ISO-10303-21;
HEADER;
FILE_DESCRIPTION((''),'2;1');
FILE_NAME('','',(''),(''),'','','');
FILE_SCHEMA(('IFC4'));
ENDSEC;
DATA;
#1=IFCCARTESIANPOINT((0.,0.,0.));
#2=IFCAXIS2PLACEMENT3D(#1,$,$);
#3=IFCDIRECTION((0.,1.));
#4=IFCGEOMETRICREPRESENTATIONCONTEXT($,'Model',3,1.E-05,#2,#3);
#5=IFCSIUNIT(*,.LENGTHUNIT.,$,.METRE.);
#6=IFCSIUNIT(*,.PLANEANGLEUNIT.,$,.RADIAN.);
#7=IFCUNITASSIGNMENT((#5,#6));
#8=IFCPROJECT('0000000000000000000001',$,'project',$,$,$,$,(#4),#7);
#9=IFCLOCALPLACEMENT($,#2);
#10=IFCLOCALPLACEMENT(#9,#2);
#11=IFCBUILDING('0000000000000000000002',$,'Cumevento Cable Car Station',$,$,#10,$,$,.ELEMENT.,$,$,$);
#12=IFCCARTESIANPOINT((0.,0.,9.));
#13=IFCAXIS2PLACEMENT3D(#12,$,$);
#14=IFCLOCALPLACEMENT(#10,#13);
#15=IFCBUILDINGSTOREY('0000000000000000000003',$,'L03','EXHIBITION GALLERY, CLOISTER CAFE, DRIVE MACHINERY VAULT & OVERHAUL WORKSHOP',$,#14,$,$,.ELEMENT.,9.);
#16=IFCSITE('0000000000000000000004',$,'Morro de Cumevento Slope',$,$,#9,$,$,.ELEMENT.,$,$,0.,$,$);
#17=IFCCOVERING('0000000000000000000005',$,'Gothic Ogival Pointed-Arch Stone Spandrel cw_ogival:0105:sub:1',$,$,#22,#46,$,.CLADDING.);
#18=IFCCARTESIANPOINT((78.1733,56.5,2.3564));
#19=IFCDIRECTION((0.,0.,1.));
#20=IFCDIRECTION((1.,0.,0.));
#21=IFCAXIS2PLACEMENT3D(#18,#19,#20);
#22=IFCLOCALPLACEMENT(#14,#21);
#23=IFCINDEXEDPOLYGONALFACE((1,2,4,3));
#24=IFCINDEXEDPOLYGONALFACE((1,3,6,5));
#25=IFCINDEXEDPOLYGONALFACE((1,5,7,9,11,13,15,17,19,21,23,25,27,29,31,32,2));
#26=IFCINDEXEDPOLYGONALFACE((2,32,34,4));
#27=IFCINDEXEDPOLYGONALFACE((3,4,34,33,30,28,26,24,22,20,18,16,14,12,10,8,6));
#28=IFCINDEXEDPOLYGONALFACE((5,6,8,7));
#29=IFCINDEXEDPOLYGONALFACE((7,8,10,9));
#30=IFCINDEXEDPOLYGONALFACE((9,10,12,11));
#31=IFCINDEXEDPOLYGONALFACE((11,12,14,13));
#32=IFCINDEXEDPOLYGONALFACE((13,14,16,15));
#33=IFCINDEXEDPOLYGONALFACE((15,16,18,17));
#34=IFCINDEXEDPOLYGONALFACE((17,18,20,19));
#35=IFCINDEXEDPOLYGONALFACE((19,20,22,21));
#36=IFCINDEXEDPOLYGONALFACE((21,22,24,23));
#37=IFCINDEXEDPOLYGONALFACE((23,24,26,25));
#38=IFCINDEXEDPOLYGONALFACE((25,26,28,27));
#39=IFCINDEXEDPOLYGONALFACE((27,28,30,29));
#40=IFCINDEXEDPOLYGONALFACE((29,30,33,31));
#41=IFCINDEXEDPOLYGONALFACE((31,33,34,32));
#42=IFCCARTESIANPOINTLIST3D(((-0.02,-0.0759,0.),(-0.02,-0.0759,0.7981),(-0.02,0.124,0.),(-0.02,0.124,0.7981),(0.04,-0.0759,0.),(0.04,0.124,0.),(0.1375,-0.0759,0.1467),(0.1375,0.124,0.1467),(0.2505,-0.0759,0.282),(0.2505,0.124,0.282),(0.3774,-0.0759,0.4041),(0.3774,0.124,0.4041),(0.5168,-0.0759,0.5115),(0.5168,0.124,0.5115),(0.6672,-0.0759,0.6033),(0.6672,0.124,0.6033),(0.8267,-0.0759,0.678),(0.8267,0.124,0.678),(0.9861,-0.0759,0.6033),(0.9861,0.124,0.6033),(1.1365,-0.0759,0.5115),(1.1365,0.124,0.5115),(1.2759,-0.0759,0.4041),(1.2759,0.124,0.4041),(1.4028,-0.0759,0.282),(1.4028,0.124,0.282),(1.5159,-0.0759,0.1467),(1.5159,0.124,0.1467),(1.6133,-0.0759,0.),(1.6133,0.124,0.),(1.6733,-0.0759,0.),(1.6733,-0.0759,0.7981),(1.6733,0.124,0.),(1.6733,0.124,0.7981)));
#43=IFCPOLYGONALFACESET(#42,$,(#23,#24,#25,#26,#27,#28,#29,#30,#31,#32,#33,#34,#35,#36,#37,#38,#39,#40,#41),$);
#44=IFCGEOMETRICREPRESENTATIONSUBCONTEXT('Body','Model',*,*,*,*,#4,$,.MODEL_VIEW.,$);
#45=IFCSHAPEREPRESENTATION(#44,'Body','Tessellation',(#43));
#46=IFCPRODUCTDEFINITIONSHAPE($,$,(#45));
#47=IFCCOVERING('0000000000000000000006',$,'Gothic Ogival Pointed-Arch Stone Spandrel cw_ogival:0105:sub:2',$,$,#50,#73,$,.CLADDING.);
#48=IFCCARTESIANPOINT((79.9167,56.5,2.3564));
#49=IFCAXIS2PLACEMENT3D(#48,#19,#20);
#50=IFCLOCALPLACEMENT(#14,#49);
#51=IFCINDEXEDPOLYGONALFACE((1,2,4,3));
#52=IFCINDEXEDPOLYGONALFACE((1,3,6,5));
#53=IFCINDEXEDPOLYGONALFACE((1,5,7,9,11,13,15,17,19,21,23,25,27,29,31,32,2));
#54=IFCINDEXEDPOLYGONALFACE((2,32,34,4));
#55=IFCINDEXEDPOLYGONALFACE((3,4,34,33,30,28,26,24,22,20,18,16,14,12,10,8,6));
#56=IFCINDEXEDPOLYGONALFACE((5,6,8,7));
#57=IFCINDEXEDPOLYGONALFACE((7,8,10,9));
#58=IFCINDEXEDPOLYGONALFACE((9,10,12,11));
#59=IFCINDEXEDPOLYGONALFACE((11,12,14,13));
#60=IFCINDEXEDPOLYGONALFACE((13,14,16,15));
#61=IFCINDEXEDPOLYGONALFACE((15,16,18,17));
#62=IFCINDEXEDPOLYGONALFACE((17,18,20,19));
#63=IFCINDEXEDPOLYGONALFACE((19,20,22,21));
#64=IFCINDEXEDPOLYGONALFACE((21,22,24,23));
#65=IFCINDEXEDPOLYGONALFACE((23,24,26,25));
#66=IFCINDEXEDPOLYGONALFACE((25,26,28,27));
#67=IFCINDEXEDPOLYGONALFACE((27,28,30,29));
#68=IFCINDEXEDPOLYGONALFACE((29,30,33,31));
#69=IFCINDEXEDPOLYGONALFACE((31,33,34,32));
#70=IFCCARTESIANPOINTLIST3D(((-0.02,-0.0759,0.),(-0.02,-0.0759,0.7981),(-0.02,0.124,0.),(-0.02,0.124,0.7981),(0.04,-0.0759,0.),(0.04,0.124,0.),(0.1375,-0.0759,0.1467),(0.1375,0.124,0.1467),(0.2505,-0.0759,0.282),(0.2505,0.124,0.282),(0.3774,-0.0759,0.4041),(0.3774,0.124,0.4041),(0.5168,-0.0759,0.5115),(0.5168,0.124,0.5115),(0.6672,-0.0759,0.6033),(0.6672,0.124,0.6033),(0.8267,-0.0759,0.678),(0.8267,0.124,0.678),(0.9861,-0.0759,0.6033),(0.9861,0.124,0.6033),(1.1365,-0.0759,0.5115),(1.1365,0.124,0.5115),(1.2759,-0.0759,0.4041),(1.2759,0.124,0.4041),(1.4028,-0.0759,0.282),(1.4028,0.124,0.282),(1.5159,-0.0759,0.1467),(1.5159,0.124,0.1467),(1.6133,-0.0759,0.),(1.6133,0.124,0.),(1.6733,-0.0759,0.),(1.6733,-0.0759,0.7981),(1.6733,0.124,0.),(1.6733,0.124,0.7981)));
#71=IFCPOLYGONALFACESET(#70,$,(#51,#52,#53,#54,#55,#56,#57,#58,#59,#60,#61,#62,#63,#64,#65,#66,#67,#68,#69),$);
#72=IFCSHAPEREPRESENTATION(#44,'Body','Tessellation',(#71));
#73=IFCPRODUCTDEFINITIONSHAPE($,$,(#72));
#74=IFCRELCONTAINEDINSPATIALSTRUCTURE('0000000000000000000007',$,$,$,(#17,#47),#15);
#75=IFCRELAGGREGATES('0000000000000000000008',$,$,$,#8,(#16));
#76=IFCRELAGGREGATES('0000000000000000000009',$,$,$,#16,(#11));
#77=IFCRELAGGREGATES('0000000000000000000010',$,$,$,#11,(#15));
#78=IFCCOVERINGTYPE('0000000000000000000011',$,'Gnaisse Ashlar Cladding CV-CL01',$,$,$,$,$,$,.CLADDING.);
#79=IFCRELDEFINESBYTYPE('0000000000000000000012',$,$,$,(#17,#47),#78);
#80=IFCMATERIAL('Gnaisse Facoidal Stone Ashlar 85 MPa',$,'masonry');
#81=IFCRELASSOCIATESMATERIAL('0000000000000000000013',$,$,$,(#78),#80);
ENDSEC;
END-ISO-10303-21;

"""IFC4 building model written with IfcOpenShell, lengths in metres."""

from ifc_helpers import new_model, si_unit, direction, frame, origin, place, context, subcontext, project, spatial, polyline, outline, extrude, material, type_object, element, save


model = new_model("IFC4")

# Units and contexts
model_context = context("Model", 3, precision=1e-05, world=origin(), true_north=direction((0.0, 1.0)))
body_context = subcontext(model_context, "Body", "Model", "MODEL_VIEW")
ifc_project = project(units=[si_unit("LENGTHUNIT", "METRE"), si_unit("PLANEANGLEUNIT", "RADIAN")], contexts=[model_context])

# Site, building, storey
site_placement = place(None, origin())
site = spatial("IfcSite", under=ifc_project, at=site_placement, Name="Morro de Cumevento Slope", CompositionType="ELEMENT", RefElevation=0.0)
building_placement = place(site_placement, origin())
building = spatial("IfcBuilding", under=site, at=building_placement, Name="Cumevento Cable Car Station", CompositionType="ELEMENT")
storey_placement = place(building_placement, frame((0.0, 0.0, 9.0)))
storey = spatial("IfcBuildingStorey", under=building, at=storey_placement, Name="L03", Description="EXHIBITION GALLERY, CLOISTER CAFE, DRIVE MACHINERY VAULT & OVERHAUL WORKSHOP", CompositionType="ELEMENT", Elevation=9.0)

# Coverings
ifc_material_1 = material(Name="Gnaisse Facoidal Stone Ashlar 85 MPa", Category="masonry")
covering_type = type_object("IfcCoveringType", Name="Gnaisse Ashlar Cladding CV-CL01", PredefinedType="CLADDING", material=ifc_material_1)
for number, where, z_axis, x_axis, name in (
    (1, (78.1733, 56.5, 2.3564), (0.0, 0.0, 1.0), (1.0, 0.0, 0.0), "Gothic Ogival Pointed-Arch Stone Spandrel cw_ogival:0105:sub:1"),
    (2, (79.9167, 56.5, 2.3564), (0.0, 0.0, 1.0), (1.0, 0.0, 0.0), "Gothic Ogival Pointed-Arch Stone Spandrel cw_ogival:0105:sub:2"),
):
    element("IfcCovering", number, at=place(storey_placement, frame(where, z_axis=z_axis, x_axis=x_axis)), inside=storey, type_object=covering_type, Name=name, PredefinedType="CLADDING", context=body_context, shape_type="SweptSolid", body=[
        extrude(outline(polyline([(-0.02, 0.0), (-0.02, 0.7981), (1.6733, 0.7981), (1.6733, 0.0), (1.6133, 0.0), (1.5159, 0.1467), (1.4028, 0.282), (1.2759, 0.4041), (1.1365, 0.5115), (0.9861, 0.6033), (0.8267, 0.678), (0.6672, 0.6033), (0.5168, 0.5115), (0.3774, 0.4041), (0.2505, 0.282), (0.1375, 0.1467), (0.04, 0.0), (-0.02, 0.0)])), frame((0.0, 0.124, 0.0), z_axis=(0.0, -1.0, 0.0), x_axis=(1.0, 0.0, 0.0)), (0.0, 0.0, 1.0), 0.2),
    ])

save(model, "model.ifc")
